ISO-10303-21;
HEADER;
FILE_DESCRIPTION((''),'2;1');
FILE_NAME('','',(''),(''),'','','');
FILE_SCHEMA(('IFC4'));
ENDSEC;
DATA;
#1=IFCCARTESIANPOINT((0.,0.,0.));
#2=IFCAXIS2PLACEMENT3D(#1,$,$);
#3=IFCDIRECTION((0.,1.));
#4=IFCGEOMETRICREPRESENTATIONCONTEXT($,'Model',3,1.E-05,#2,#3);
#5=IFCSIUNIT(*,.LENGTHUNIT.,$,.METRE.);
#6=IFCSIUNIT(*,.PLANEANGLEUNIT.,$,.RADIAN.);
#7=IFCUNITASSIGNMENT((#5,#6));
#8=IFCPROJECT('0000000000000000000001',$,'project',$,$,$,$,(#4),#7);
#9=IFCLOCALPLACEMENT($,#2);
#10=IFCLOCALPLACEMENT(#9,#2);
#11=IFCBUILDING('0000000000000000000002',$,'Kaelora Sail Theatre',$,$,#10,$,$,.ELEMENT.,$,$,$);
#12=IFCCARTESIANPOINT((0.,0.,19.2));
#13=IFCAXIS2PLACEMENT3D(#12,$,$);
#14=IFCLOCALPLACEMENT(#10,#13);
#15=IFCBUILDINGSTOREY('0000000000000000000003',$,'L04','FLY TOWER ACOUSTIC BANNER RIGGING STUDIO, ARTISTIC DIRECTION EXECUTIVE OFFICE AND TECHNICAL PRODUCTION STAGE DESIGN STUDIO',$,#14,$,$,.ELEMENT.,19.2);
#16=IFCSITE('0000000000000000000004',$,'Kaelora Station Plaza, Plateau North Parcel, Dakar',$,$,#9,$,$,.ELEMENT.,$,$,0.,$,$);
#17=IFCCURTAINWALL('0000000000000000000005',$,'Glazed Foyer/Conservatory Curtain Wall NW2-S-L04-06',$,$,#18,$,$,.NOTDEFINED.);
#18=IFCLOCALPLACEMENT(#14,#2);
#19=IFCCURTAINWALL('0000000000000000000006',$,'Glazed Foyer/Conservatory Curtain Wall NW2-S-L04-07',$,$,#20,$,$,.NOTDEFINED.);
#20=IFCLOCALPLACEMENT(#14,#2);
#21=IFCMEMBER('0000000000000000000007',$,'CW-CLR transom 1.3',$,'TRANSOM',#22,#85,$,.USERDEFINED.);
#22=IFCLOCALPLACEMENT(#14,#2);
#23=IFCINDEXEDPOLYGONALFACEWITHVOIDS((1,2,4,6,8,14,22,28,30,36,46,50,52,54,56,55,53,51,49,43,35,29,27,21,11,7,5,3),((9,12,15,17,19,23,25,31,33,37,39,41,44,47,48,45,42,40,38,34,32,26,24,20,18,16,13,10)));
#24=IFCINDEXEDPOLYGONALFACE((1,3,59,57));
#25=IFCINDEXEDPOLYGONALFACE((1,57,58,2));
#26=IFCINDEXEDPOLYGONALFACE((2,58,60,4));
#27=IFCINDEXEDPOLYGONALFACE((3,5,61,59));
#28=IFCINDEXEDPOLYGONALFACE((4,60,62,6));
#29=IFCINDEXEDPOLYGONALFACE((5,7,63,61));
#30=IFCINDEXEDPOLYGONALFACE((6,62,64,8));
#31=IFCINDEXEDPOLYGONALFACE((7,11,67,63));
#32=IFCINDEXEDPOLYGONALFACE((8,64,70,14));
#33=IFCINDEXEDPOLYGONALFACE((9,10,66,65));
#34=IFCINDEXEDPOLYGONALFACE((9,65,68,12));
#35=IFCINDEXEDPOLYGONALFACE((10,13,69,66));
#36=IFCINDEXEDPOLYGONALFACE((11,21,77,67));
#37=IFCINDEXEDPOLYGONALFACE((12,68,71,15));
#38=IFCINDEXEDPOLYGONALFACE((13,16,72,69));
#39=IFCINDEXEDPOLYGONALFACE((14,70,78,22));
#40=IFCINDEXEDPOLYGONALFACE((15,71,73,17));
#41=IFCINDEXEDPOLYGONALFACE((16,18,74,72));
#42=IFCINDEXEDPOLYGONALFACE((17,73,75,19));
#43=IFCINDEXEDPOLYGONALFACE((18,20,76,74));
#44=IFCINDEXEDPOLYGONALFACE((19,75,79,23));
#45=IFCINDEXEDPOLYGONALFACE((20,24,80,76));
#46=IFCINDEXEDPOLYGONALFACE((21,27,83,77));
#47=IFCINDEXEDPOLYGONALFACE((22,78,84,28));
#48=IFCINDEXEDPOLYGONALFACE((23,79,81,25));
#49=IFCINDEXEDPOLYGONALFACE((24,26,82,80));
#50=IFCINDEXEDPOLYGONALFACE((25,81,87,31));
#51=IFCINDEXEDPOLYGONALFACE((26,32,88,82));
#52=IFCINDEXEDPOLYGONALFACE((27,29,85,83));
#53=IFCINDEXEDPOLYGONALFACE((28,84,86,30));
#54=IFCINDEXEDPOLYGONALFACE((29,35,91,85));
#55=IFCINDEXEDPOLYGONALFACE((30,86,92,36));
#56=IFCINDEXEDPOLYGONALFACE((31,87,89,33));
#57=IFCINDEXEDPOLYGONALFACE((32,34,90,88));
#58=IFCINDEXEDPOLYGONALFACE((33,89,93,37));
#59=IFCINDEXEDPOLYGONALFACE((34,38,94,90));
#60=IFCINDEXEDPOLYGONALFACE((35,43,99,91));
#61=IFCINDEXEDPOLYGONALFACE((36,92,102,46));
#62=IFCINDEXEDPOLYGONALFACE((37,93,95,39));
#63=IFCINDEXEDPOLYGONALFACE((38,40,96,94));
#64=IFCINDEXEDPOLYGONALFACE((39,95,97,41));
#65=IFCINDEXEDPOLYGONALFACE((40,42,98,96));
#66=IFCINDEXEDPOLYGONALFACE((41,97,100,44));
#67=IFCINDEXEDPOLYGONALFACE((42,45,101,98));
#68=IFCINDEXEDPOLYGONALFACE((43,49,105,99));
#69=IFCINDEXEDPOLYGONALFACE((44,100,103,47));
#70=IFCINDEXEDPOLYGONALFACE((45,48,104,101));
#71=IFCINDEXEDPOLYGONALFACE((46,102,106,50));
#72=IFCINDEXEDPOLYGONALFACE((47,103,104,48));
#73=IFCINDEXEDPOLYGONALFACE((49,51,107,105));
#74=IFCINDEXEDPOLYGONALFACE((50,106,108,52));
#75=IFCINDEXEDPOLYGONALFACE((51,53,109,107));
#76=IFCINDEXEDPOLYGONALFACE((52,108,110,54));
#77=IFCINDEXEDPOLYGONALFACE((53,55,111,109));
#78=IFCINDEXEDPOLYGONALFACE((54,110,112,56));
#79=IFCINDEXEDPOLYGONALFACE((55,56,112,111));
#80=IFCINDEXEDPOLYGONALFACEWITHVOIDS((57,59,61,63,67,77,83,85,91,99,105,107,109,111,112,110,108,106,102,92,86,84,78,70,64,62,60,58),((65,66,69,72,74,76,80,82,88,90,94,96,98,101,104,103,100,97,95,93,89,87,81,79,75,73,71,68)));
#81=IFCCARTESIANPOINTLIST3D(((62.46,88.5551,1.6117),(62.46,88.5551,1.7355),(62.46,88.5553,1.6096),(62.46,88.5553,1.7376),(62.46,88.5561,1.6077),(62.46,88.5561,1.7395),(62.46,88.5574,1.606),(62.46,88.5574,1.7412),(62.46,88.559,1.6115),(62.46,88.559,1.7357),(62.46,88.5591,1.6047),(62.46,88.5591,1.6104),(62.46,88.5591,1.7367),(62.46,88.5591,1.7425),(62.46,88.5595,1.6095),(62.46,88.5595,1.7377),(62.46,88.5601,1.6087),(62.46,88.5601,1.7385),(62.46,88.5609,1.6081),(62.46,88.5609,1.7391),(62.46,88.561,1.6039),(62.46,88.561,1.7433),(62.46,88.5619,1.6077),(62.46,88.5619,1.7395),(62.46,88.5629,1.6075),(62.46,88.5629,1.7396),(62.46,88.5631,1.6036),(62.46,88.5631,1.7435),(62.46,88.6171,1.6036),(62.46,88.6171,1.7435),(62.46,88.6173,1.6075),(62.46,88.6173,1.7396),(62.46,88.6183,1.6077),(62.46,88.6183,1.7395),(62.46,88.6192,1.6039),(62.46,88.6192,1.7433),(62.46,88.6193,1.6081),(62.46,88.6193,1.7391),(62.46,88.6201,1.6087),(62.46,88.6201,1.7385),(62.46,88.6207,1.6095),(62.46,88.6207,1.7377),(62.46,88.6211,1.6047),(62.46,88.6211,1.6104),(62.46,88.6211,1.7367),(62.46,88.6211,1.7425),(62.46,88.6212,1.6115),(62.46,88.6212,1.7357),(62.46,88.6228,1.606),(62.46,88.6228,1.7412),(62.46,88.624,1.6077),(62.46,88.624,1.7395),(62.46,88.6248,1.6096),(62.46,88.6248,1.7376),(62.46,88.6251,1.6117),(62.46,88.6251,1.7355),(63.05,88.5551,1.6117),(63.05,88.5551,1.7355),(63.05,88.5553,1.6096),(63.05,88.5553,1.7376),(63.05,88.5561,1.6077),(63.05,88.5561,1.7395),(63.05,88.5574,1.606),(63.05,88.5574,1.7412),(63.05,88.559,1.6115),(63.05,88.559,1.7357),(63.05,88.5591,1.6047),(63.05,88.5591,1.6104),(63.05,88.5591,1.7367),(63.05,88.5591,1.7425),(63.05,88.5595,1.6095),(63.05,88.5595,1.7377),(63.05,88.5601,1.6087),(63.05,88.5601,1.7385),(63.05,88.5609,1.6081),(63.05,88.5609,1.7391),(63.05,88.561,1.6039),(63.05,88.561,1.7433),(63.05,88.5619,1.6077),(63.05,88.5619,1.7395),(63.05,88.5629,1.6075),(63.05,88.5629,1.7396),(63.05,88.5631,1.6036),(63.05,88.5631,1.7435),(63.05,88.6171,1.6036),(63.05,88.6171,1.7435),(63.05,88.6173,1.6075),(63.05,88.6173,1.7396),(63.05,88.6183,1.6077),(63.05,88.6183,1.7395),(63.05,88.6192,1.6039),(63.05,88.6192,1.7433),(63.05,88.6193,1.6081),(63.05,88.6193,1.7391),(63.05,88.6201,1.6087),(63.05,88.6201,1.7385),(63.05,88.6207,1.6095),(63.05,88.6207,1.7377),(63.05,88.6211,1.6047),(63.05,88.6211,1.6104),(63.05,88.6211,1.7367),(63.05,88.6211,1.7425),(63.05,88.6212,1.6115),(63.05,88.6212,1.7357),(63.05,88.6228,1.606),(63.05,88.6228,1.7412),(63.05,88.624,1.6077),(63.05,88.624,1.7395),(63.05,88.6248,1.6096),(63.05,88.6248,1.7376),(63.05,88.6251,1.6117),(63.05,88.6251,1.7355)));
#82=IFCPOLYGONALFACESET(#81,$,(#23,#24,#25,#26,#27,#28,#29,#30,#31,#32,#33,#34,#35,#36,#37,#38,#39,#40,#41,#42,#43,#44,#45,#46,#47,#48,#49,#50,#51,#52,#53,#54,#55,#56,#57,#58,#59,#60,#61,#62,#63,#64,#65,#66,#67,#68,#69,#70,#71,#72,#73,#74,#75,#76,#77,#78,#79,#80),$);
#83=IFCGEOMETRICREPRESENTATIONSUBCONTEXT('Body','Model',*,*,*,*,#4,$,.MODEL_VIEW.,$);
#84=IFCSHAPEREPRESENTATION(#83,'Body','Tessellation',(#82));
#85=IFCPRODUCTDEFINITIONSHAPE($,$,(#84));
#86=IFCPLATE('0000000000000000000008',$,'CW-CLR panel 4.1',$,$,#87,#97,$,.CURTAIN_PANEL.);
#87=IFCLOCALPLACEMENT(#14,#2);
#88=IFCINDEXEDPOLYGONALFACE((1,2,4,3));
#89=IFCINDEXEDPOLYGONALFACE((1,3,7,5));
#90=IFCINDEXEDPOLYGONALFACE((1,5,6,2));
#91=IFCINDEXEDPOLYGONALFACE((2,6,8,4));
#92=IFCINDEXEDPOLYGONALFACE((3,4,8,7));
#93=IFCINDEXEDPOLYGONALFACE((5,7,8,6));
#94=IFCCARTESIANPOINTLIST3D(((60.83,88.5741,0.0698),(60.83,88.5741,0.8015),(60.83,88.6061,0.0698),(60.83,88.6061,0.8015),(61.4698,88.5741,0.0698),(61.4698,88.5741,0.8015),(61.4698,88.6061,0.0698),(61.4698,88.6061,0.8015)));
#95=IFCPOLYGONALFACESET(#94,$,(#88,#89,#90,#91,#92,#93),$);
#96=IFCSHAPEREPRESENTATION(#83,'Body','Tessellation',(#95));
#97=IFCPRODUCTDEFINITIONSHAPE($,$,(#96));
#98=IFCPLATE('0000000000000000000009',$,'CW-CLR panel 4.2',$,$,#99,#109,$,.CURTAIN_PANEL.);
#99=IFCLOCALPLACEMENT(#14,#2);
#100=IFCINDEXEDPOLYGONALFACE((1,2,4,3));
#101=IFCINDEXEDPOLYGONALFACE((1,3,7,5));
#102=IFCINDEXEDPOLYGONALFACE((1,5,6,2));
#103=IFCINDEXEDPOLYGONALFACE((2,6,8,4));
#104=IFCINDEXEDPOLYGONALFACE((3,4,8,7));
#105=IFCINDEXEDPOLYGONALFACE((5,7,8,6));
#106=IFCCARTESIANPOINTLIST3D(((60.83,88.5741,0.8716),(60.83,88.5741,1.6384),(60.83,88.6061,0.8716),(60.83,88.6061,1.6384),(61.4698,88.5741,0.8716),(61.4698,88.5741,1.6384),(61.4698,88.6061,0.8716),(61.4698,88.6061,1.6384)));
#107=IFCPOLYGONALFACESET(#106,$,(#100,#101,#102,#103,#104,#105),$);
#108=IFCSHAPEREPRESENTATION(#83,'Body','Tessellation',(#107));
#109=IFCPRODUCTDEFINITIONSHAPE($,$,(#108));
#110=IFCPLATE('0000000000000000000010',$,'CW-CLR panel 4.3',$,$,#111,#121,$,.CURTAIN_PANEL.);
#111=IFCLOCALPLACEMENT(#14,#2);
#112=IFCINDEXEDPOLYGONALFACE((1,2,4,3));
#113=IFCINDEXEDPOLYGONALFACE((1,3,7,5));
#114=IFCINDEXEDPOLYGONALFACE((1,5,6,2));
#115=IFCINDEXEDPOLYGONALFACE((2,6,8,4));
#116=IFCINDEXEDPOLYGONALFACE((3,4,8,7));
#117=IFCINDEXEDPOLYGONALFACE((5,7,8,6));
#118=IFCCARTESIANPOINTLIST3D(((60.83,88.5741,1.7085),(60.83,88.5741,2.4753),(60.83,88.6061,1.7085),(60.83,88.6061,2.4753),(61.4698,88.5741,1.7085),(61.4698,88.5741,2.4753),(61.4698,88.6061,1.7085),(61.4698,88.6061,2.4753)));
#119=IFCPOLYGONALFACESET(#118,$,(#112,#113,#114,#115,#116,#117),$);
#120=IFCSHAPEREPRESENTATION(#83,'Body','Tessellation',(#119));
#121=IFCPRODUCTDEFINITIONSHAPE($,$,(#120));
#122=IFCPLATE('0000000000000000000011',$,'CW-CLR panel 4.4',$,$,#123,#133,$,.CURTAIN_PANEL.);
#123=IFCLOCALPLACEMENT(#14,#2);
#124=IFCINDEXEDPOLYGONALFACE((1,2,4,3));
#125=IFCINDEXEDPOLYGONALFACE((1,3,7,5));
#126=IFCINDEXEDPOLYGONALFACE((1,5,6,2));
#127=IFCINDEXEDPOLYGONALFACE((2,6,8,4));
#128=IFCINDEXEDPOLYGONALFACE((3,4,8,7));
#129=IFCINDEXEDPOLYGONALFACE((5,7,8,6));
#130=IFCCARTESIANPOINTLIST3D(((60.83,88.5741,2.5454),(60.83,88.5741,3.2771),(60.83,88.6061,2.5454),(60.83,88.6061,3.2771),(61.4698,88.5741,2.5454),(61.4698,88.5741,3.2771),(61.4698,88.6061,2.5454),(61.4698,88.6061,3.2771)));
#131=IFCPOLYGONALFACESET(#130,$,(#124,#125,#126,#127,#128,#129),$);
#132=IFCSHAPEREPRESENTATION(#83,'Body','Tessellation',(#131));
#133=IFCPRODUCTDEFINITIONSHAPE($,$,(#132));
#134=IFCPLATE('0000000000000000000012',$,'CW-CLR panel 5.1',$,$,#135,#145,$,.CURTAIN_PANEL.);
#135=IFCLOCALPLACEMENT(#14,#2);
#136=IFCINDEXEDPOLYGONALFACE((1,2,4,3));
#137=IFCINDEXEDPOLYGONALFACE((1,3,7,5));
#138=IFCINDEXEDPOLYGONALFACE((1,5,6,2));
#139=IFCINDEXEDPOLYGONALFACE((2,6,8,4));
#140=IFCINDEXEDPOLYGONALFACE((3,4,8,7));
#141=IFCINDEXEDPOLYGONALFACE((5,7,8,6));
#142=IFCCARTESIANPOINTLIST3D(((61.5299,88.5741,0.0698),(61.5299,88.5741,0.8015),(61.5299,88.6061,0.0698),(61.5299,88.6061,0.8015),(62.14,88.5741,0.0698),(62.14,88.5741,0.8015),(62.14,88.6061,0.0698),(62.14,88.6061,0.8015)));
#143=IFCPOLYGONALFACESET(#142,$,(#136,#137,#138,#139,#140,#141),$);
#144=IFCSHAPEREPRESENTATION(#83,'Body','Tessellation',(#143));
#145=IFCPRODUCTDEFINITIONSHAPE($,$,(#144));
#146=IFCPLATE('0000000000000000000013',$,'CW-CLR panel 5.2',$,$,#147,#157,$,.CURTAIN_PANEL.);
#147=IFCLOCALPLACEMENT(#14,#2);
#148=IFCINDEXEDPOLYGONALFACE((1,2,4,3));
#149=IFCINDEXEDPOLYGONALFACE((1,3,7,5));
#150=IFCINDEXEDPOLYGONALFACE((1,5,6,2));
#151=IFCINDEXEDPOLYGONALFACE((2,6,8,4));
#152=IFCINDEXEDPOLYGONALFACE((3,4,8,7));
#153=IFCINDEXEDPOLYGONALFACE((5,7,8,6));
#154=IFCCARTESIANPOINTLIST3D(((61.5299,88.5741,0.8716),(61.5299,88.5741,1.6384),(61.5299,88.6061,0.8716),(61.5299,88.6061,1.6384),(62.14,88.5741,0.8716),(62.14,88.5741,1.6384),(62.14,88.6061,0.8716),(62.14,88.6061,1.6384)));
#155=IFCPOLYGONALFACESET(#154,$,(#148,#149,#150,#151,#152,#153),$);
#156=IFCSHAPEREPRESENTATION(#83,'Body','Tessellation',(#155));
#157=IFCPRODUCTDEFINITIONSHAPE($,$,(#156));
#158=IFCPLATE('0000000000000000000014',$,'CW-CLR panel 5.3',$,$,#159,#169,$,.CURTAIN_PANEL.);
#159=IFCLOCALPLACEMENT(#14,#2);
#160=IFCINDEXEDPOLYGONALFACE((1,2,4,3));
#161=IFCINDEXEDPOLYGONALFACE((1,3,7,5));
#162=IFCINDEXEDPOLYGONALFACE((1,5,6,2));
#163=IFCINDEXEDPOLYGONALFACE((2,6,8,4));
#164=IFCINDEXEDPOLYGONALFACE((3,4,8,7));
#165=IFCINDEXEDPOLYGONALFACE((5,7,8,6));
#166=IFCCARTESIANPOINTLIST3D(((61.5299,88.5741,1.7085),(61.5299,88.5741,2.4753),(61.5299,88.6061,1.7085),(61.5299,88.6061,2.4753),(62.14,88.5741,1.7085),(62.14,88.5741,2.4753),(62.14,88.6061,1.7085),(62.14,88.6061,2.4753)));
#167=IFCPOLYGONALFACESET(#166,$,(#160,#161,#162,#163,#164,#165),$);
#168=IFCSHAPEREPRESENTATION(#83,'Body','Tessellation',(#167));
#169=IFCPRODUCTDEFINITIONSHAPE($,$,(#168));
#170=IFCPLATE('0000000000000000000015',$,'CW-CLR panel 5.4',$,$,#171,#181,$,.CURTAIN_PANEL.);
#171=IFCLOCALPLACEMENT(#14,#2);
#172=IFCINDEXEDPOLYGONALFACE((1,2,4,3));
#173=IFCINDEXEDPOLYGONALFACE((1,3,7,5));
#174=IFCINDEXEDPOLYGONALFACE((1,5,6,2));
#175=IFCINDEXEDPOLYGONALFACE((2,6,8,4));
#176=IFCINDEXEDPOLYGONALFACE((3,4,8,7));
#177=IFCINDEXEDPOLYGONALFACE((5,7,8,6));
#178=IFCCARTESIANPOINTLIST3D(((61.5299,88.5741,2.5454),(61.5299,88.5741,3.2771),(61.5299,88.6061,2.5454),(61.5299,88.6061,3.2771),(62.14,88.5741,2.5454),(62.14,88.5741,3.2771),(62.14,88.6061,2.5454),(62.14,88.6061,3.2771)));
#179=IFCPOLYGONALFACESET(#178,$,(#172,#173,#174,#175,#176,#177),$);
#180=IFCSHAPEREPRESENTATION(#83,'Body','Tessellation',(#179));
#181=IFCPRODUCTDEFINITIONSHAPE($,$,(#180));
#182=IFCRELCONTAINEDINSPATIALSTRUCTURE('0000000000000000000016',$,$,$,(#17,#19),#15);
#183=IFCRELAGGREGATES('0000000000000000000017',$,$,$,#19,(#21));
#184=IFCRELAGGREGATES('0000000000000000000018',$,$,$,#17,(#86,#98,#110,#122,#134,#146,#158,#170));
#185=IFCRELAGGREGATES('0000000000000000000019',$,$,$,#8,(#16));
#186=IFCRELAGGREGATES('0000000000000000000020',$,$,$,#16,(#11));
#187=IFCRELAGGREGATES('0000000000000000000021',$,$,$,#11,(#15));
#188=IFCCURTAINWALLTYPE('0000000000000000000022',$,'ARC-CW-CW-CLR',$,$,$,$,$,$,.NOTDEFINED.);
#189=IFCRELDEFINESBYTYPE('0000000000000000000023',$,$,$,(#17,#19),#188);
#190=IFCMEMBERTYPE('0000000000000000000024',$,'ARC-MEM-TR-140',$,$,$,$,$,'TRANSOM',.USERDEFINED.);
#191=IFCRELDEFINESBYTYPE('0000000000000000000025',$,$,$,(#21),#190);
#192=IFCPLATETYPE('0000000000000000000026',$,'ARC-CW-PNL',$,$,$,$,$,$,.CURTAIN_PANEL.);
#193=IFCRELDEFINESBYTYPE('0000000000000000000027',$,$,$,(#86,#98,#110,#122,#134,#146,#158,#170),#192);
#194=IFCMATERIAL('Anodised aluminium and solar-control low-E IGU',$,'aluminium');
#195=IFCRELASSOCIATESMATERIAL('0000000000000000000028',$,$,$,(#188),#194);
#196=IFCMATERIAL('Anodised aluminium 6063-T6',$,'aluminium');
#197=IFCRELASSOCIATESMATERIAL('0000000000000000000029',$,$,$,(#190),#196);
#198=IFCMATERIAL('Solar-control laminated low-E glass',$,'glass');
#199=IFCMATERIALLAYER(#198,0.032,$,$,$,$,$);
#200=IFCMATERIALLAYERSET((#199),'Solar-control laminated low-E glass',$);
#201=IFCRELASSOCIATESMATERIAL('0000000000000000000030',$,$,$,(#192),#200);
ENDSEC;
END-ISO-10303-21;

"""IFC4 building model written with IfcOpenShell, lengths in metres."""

from ifc_helpers import new_model, si_unit, direction, frame, origin, origin_2d, place, context, subcontext, project, spatial, rectangle, hollow_rectangle, extrude, material, layer, layer_set, material_profile, profile_set, type_object, element, aggregate, save


model = new_model("IFC4")

# Units and contexts
model_context = context("Model", 3, precision=1e-05, world=origin(), true_north=direction((0.0, 1.0)))
body_context = subcontext(model_context, "Body", "Model", "MODEL_VIEW")
ifc_project = project(units=[si_unit("LENGTHUNIT", "METRE"), si_unit("PLANEANGLEUNIT", "RADIAN")], contexts=[model_context])

# Site, building, storey
site_placement = place(None, origin())
site = spatial("IfcSite", under=ifc_project, at=site_placement, Name="Kaelora Station Plaza, Plateau North Parcel, Dakar", CompositionType="ELEMENT", RefElevation=0.0)
building_placement = place(site_placement, origin())
building = spatial("IfcBuilding", under=site, at=building_placement, Name="Kaelora Sail Theatre", CompositionType="ELEMENT")
storey_placement = place(building_placement, frame((0.0, 0.0, 19.2)))
storey = spatial("IfcBuildingStorey", under=building, at=storey_placement, Name="L04", Description="FLY TOWER ACOUSTIC BANNER RIGGING STUDIO, ARTISTIC DIRECTION EXECUTIVE OFFICE AND TECHNICAL PRODUCTION STAGE DESIGN STUDIO", CompositionType="ELEMENT", Elevation=19.2)

# Curtain wall
ifc_material_1 = material(Name="Anodised aluminium and solar-control low-E IGU", Category="aluminium")
curtain_wall_type = type_object("IfcCurtainWallType", Name="ARC-CW-CW-CLR", PredefinedType="NOTDEFINED", material=ifc_material_1)
curtain_wall_1_placement = place(storey_placement, origin())
curtain_wall_1 = element("IfcCurtainWall", 1, at=curtain_wall_1_placement, inside=storey, type_object=curtain_wall_type, Name="Glazed Foyer/Conservatory Curtain Wall NW2-S-L04-06", PredefinedType="NOTDEFINED")

# Curtain wall
curtain_wall_2_placement = place(storey_placement, origin())
curtain_wall_2 = element("IfcCurtainWall", 2, at=curtain_wall_2_placement, inside=storey, type_object=curtain_wall_type, Name="Glazed Foyer/Conservatory Curtain Wall NW2-S-L04-07", PredefinedType="NOTDEFINED")

# Member
ifc_material_2 = material(Name="Anodised aluminium 6063-T6", Category="aluminium")
ifc_material_profile_1 = material_profile(ifc_material_2, hollow_rectangle(XDim=0.0701, YDim=0.1399, WallThickness=0.0039, InnerFilletRadius=0.0039, OuterFilletRadius=0.0081, at=origin_2d()), Name="ALU-TRAN 70x140x4")
ifc_profile_set_1 = profile_set([ifc_material_profile_1], Name="Anodised aluminium 6063-T6")
member_type_1 = type_object("IfcMemberType", Name="ARC-MEM-TR-140", ElementType="TRANSOM", PredefinedType="USERDEFINED", material=ifc_profile_set_1)
member_1_placement = place(storey_placement, frame((62.46, 88.5901, 1.6736), z_axis=(1.0, 0.0, 0.0), x_axis=(0.0, 1.0, 0.0)))
member_1 = element("IfcMember", 3, at=member_1_placement, type_object=member_type_1, Name="CW-CLR transom 1.3", ObjectType="TRANSOM", PredefinedType="USERDEFINED", context=body_context, shape_type="SweptSolid", body=[
    extrude(hollow_rectangle(XDim=0.0701, YDim=0.1399, WallThickness=0.0039, InnerFilletRadius=0.0039, OuterFilletRadius=0.0081, at=origin_2d()), origin(), (0.0, 0.0, 1.0), 0.5901),
])
aggregate(curtain_wall_2, [member_1])

# Plates
ifc_material_3 = material(Name="Solar-control laminated low-E glass", Category="glass")
ifc_layer = layer(ifc_material_3, 0.032)
ifc_layer_set = layer_set([ifc_layer], Name="Solar-control laminated low-E glass")
plate_type = type_object("IfcPlateType", Name="ARC-CW-PNL", PredefinedType="CURTAIN_PANEL", material=ifc_layer_set)
plate_1_placement = place(storey_placement, frame((61.1499, 88.5901, 0.0698), z_axis=(0.0, 0.0, 1.0), x_axis=(1.0, 0.0, 0.0)))
plate_1 = element("IfcPlate", 4, at=plate_1_placement, type_object=plate_type, Name="CW-CLR panel 4.1", PredefinedType="CURTAIN_PANEL", context=body_context, shape_type="SweptSolid", body=[
    extrude(rectangle(XDim=0.6399, YDim=0.032, at=origin_2d()), origin(), (0.0, 0.0, 1.0), 0.7317),
])
plate_2_placement = place(storey_placement, frame((61.1499, 88.5901, 0.8716), z_axis=(0.0, 0.0, 1.0), x_axis=(1.0, 0.0, 0.0)))
plate_2 = element("IfcPlate", 5, at=plate_2_placement, type_object=plate_type, Name="CW-CLR panel 4.2", PredefinedType="CURTAIN_PANEL", context=body_context, shape_type="SweptSolid", body=[
    extrude(rectangle(XDim=0.6399, YDim=0.032, at=origin_2d()), origin(), (0.0, 0.0, 1.0), 0.7668),
])
plate_3_placement = place(storey_placement, frame((61.1499, 88.5901, 1.7085), z_axis=(0.0, 0.0, 1.0), x_axis=(1.0, 0.0, 0.0)))
plate_3 = element("IfcPlate", 6, at=plate_3_placement, type_object=plate_type, Name="CW-CLR panel 4.3", PredefinedType="CURTAIN_PANEL", context=body_context, shape_type="SweptSolid", body=[
    extrude(rectangle(XDim=0.6399, YDim=0.032, at=origin_2d()), origin(), (0.0, 0.0, 1.0), 0.7668),
])
plate_4_placement = place(storey_placement, frame((61.1499, 88.5901, 2.5454), z_axis=(0.0, 0.0, 1.0), x_axis=(1.0, 0.0, 0.0)))
plate_4 = element("IfcPlate", 7, at=plate_4_placement, type_object=plate_type, Name="CW-CLR panel 4.4", PredefinedType="CURTAIN_PANEL", context=body_context, shape_type="SweptSolid", body=[
    extrude(rectangle(XDim=0.6399, YDim=0.032, at=origin_2d()), origin(), (0.0, 0.0, 1.0), 0.7317),
])
plate_5_placement = place(storey_placement, frame((61.835, 88.5901, 0.0698), z_axis=(0.0, 0.0, 1.0), x_axis=(1.0, 0.0, 0.0)))
plate_5 = element("IfcPlate", 8, at=plate_5_placement, type_object=plate_type, Name="CW-CLR panel 5.1", PredefinedType="CURTAIN_PANEL", context=body_context, shape_type="SweptSolid", body=[
    extrude(rectangle(XDim=0.6101, YDim=0.032, at=origin_2d()), origin(), (0.0, 0.0, 1.0), 0.7317),
])
plate_6_placement = place(storey_placement, frame((61.835, 88.5901, 0.8716), z_axis=(0.0, 0.0, 1.0), x_axis=(1.0, 0.0, 0.0)))
plate_6 = element("IfcPlate", 9, at=plate_6_placement, type_object=plate_type, Name="CW-CLR panel 5.2", PredefinedType="CURTAIN_PANEL", context=body_context, shape_type="SweptSolid", body=[
    extrude(rectangle(XDim=0.6101, YDim=0.032, at=origin_2d()), origin(), (0.0, 0.0, 1.0), 0.7668),
])
plate_7_placement = place(storey_placement, frame((61.835, 88.5901, 1.7085), z_axis=(0.0, 0.0, 1.0), x_axis=(1.0, 0.0, 0.0)))
plate_7 = element("IfcPlate", 10, at=plate_7_placement, type_object=plate_type, Name="CW-CLR panel 5.3", PredefinedType="CURTAIN_PANEL", context=body_context, shape_type="SweptSolid", body=[
    extrude(rectangle(XDim=0.6101, YDim=0.032, at=origin_2d()), origin(), (0.0, 0.0, 1.0), 0.7668),
])
plate_8_placement = place(storey_placement, frame((61.835, 88.5901, 2.5454), z_axis=(0.0, 0.0, 1.0), x_axis=(1.0, 0.0, 0.0)))
plate_8 = element("IfcPlate", 11, at=plate_8_placement, type_object=plate_type, Name="CW-CLR panel 5.4", PredefinedType="CURTAIN_PANEL", context=body_context, shape_type="SweptSolid", body=[
    extrude(rectangle(XDim=0.6101, YDim=0.032, at=origin_2d()), origin(), (0.0, 0.0, 1.0), 0.7317),
])
aggregate(curtain_wall_1, [plate_1, plate_2, plate_3, plate_4, plate_5, plate_6, plate_7, plate_8])

save(model, "model.ifc")
